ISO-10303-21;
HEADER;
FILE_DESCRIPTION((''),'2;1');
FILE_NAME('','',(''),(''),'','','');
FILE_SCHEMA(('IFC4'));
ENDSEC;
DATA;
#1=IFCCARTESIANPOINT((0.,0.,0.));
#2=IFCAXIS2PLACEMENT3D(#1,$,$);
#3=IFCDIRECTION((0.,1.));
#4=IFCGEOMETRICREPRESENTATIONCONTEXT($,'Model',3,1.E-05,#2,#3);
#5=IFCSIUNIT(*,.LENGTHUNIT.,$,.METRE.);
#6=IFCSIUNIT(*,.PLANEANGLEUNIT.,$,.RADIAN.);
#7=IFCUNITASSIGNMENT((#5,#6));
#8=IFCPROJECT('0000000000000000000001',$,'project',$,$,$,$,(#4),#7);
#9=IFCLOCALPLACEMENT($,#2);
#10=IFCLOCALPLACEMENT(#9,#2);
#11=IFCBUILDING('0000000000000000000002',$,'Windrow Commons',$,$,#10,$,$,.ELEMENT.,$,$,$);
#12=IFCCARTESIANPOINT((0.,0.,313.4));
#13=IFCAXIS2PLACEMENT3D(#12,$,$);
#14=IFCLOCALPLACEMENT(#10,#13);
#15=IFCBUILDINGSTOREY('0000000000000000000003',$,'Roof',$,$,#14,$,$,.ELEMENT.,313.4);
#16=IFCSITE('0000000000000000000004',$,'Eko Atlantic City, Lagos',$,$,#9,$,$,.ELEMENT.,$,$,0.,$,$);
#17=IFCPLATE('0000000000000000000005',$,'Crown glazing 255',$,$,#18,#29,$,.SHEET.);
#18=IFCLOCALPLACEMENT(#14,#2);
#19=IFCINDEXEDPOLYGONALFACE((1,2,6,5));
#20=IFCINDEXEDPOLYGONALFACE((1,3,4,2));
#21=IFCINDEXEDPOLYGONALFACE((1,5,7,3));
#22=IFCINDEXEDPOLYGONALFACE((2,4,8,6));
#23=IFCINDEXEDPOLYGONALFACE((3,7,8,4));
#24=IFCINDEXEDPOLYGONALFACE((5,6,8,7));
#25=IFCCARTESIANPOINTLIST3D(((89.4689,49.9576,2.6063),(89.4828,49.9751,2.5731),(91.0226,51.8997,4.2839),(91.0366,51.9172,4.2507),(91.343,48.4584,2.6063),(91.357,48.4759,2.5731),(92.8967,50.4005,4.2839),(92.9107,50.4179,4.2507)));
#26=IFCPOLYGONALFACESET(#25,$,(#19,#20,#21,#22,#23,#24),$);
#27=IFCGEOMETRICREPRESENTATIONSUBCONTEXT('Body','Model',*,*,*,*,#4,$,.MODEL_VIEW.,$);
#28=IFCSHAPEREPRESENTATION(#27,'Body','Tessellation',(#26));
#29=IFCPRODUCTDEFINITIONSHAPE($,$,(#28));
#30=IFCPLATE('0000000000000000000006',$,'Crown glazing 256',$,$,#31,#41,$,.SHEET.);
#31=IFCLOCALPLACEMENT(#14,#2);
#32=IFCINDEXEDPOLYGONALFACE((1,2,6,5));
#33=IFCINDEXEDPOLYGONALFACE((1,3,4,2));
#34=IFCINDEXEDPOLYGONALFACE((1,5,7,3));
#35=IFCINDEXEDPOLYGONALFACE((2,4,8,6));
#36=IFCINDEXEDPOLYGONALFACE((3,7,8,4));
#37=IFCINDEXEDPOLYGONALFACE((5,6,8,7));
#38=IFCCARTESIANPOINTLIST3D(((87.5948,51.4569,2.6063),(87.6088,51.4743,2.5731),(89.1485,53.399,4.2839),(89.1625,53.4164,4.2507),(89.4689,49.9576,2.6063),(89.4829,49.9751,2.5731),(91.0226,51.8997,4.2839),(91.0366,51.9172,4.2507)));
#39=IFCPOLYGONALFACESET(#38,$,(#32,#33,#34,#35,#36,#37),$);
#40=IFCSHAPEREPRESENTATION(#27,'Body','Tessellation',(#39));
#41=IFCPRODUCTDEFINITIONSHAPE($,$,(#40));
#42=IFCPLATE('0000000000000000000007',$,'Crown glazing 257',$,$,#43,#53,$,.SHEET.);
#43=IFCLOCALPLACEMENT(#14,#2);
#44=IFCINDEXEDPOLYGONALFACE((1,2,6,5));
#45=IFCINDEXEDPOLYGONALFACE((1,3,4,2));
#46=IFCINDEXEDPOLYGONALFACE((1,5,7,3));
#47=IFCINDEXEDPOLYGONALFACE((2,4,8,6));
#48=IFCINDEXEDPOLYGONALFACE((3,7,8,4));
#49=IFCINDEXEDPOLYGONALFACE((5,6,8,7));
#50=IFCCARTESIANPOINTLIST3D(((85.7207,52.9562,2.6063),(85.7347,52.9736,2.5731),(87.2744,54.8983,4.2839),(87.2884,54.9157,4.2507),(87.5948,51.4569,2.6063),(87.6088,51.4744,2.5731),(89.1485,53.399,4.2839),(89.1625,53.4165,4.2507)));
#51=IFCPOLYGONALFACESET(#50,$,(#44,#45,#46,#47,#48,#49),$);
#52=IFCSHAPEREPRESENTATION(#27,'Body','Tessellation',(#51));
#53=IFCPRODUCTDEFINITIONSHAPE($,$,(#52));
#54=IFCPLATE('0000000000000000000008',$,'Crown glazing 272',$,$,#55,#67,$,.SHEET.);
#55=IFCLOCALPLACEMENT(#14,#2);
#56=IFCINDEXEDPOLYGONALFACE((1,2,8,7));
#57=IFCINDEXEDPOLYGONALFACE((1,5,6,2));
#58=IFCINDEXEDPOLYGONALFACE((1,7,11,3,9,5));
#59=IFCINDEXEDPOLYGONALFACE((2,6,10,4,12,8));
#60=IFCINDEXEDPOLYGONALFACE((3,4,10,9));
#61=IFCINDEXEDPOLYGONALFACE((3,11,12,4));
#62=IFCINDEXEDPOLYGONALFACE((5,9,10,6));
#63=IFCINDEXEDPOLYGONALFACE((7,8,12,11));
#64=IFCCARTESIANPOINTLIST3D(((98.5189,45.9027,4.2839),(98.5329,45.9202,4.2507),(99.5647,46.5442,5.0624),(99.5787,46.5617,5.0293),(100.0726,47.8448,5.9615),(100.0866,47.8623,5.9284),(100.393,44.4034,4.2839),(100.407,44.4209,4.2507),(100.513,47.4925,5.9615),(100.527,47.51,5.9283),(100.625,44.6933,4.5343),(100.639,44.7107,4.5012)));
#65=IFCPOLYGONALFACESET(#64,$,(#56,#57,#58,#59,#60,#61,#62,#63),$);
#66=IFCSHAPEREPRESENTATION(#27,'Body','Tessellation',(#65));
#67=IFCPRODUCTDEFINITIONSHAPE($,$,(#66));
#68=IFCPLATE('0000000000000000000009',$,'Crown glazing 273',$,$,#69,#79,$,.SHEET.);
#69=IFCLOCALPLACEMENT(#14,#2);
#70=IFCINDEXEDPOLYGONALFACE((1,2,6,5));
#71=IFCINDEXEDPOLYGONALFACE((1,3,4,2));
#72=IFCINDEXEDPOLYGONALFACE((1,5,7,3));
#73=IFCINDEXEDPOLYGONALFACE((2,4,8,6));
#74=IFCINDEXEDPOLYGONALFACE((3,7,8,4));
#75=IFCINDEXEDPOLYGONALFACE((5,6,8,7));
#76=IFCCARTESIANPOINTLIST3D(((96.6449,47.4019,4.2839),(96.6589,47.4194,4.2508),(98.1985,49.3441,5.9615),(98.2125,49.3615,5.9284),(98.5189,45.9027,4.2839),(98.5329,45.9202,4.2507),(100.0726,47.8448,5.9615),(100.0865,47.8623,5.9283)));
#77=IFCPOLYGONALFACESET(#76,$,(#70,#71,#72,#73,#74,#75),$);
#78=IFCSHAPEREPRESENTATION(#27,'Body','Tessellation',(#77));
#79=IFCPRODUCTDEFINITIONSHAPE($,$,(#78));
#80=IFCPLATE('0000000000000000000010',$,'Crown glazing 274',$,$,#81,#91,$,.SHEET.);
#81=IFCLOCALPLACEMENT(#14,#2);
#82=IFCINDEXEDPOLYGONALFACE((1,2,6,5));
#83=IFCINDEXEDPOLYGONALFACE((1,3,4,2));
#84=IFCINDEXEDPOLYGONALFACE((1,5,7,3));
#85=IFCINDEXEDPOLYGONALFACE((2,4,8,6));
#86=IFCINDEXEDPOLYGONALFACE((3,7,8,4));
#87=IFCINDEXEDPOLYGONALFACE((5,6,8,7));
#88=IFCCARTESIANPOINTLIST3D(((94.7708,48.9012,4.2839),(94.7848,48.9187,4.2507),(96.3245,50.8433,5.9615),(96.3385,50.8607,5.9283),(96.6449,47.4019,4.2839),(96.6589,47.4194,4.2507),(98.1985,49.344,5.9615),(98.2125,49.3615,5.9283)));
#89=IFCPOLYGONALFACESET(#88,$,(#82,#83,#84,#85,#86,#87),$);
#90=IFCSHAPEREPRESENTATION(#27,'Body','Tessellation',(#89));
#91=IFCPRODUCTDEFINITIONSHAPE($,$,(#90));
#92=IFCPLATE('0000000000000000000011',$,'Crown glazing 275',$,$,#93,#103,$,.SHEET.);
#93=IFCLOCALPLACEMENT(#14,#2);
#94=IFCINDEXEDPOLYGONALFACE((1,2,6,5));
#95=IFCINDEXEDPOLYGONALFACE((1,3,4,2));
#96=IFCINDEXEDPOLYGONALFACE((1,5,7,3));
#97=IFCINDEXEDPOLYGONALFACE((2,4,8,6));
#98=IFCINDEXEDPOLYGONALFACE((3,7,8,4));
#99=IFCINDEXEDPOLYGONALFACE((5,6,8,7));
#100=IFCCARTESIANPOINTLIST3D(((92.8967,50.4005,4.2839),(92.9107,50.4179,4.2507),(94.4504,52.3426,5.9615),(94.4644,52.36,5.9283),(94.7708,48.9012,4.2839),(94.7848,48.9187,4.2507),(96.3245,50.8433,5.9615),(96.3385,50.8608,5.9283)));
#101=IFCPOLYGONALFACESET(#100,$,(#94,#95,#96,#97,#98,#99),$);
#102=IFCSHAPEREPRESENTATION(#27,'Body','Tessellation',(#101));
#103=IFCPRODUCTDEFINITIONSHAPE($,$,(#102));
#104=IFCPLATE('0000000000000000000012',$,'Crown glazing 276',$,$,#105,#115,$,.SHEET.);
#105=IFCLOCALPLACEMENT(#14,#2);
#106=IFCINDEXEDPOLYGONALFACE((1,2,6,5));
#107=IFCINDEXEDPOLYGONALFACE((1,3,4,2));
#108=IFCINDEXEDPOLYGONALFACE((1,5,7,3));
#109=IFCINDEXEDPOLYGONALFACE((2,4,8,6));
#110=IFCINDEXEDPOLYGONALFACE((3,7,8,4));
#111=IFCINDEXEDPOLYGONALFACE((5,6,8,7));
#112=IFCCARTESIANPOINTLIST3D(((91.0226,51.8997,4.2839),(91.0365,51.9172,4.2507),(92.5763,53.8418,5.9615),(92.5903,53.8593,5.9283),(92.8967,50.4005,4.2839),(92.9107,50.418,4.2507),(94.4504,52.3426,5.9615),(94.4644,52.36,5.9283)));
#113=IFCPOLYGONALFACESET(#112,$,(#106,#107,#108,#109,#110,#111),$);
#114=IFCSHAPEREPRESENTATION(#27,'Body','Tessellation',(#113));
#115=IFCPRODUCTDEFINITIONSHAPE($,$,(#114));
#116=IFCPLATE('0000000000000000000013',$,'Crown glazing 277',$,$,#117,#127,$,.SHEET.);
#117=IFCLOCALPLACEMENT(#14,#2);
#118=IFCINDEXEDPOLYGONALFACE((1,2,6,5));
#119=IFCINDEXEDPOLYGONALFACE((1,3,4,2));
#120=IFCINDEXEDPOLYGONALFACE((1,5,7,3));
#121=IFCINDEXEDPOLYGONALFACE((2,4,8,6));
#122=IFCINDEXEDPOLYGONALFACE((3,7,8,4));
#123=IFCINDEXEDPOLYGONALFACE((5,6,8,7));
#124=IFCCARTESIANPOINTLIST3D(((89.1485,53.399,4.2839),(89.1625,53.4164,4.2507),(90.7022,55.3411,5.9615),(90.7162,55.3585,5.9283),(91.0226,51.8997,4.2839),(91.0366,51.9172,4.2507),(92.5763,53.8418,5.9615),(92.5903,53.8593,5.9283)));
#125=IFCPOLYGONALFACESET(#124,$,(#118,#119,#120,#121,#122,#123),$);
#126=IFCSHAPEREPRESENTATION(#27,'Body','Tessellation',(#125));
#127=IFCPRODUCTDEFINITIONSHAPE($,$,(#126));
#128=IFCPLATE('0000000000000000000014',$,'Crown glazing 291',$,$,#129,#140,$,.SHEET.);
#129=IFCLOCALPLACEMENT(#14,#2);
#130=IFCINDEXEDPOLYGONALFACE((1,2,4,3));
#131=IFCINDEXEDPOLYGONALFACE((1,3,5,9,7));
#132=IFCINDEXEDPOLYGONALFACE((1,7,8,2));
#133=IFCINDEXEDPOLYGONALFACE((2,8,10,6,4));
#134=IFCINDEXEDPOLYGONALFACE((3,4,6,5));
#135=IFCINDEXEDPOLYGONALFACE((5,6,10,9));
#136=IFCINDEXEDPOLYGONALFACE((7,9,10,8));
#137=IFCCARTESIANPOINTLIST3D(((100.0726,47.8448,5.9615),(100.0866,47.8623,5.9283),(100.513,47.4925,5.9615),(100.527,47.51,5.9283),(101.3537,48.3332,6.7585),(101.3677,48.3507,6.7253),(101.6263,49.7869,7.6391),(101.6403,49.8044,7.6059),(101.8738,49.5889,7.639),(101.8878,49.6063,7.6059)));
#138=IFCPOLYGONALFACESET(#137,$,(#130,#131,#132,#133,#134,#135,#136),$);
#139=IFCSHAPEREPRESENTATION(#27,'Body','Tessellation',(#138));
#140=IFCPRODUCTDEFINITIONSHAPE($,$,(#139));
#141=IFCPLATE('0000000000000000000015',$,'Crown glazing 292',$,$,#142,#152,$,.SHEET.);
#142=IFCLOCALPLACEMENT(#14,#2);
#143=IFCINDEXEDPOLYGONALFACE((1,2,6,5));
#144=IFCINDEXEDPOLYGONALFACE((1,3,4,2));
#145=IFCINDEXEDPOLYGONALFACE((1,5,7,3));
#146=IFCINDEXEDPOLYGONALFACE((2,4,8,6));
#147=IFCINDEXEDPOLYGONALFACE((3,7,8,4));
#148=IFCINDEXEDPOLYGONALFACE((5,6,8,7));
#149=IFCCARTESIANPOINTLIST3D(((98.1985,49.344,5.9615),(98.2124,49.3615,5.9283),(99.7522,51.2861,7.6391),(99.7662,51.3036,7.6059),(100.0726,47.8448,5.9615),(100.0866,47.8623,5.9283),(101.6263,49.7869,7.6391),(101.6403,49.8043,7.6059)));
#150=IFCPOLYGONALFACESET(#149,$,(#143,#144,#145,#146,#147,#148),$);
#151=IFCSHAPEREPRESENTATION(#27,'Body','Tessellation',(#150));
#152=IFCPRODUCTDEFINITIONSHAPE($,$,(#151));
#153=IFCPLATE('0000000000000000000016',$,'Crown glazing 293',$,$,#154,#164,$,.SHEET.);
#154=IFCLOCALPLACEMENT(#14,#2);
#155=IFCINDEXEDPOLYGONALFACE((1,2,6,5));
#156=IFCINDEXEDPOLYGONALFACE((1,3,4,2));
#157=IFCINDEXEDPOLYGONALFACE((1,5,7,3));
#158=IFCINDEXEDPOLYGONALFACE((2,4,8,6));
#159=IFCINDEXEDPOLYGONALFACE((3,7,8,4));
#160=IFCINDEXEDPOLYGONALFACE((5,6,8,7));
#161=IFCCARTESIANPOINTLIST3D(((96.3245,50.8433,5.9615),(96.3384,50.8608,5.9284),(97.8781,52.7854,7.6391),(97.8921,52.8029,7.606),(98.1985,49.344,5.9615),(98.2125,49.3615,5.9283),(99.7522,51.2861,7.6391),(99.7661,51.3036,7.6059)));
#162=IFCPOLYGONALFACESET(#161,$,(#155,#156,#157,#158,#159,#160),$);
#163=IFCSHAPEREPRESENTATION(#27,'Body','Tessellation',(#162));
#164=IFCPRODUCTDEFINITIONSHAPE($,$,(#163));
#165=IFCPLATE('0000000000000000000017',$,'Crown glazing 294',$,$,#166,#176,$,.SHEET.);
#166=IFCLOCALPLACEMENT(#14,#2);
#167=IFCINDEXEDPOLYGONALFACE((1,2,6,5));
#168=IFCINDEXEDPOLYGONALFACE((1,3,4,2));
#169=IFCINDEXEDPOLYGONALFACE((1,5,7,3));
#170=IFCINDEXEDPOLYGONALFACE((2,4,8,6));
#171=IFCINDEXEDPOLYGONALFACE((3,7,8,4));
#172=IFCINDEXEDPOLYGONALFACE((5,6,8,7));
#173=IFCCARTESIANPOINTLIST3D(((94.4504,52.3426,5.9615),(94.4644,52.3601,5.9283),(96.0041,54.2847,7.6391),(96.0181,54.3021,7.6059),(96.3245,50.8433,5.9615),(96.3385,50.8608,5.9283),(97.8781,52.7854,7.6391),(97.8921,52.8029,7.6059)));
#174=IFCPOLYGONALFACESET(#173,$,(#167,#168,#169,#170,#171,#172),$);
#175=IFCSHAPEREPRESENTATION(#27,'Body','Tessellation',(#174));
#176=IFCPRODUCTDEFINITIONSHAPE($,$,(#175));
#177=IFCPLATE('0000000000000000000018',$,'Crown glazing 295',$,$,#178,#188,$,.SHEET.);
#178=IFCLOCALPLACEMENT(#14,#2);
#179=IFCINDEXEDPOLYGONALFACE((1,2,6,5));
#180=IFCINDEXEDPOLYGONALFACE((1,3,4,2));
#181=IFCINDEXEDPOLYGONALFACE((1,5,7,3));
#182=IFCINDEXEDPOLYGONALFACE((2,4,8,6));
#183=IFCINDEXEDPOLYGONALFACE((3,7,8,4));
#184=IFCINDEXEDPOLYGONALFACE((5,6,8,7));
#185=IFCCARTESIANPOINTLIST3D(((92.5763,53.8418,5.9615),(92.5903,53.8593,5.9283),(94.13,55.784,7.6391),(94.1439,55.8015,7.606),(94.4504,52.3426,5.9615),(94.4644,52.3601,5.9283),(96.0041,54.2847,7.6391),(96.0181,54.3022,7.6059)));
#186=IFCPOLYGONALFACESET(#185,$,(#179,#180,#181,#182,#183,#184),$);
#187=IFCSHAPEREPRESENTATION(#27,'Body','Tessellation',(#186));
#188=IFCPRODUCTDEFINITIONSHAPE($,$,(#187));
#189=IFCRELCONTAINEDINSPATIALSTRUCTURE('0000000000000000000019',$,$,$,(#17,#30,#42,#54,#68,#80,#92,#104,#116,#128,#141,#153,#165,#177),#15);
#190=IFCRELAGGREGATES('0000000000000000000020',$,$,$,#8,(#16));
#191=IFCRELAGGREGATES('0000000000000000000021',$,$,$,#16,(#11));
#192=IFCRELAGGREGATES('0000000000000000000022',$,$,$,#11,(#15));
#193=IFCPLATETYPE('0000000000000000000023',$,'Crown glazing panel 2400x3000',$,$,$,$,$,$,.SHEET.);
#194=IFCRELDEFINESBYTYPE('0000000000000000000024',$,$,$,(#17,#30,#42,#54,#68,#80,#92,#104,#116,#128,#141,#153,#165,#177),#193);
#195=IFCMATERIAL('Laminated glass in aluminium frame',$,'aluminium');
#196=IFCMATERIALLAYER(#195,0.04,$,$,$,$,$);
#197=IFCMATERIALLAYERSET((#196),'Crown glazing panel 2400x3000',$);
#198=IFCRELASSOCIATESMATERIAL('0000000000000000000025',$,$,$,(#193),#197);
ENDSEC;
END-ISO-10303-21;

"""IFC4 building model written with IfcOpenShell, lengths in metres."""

from ifc_helpers import new_model, si_unit, direction, frame, origin, place, context, subcontext, project, spatial, polyline, outline, extrude, material, layer, layer_set, type_object, element, save


model = new_model("IFC4")

# Units and contexts
model_context = context("Model", 3, precision=1e-05, world=origin(), true_north=direction((0.0, 1.0)))
body_context = subcontext(model_context, "Body", "Model", "MODEL_VIEW")
ifc_project = project(units=[si_unit("LENGTHUNIT", "METRE"), si_unit("PLANEANGLEUNIT", "RADIAN")], contexts=[model_context])

# Site, building, storey
site_placement = place(None, origin())
site = spatial("IfcSite", under=ifc_project, at=site_placement, Name="Eko Atlantic City, Lagos", CompositionType="ELEMENT", RefElevation=0.0)
building_placement = place(site_placement, origin())
building = spatial("IfcBuilding", under=site, at=building_placement, Name="Windrow Commons", CompositionType="ELEMENT")
storey_placement = place(building_placement, frame((0.0, 0.0, 313.4)))
storey = spatial("IfcBuildingStorey", under=building, at=storey_placement, Name="Roof", CompositionType="ELEMENT", Elevation=313.4)

# Plates
ifc_material_1 = material(Name="Laminated glass in aluminium frame", Category="aluminium")
ifc_layer = layer(ifc_material_1, 0.04)
ifc_layer_set = layer_set([ifc_layer], Name="Crown glazing panel 2400x3000")
plate_type = type_object("IfcPlateType", Name="Crown glazing panel 2400x3000", PredefinedType="SHEET", material=ifc_layer_set)
plate_1_placement = place(storey_placement, frame((91.343, 48.4584, 2.6063), z_axis=(-0.349317, -0.436669, 0.829034), x_axis=(-0.780885, 0.624675, 0.0)))
element("IfcPlate", 1, at=plate_1_placement, inside=storey, type_object=plate_type, Name="Crown glazing 255", PredefinedType="SHEET", context=body_context, shape_type="SweptSolid", body=[
    extrude(outline(polyline([(0.0, 0.0), (2.4, 0.0), (2.3999, -3.0), (-0.0001, -3.0), (0.0, 0.0)])), origin(), (0.0, 0.0, -1.0), 0.04),
])
for number, where, z_axis, x_axis, name in (
    (2, (89.4689, 49.9576, 2.6063), (-0.349331, -0.436658, 0.829034), (-0.780865, 0.6247, 0.0), "Crown glazing 256"),
    (3, (87.5948, 51.4569, 2.6063), (-0.349331, -0.436658, 0.829034), (-0.780865, 0.6247, 0.0), "Crown glazing 257"),
):
    element("IfcPlate", number, at=place(storey_placement, frame(where, z_axis=z_axis, x_axis=x_axis)), inside=storey, type_object=plate_type, Name=name, PredefinedType="SHEET", context=body_context, shape_type="SweptSolid", body=[
        extrude(outline(polyline([(0.0, 0.0), (2.4, 0.0), (2.4, -3.0), (0.0, -3.0), (0.0, 0.0)])), origin(), (0.0, 0.0, -1.0), 0.04),
    ])
plate_2_placement = place(storey_placement, frame((100.513, 47.4925, 5.9615), z_axis=(-0.349322, -0.436664, 0.829035), x_axis=(-0.587336, -0.587338, -0.55684)))
element("IfcPlate", 4, at=plate_2_placement, inside=storey, type_object=plate_type, Name="Crown glazing 272", PredefinedType="SHEET", context=body_context, shape_type="SweptSolid", body=[
    extrude(outline(polyline([(0.0, 0.0), (1.6146, 0.0), (2.373, 2.0625), (2.819, 2.1035), (3.0391, -0.2864), (0.0517, -0.5616), (0.0, 0.0)])), origin(), (0.0, 0.0, -1.0), 0.04),
])
plate_3_placement = place(storey_placement, frame((98.5189, 45.9027, 4.2839), z_axis=(-0.349325, -0.436668, 0.829031), x_axis=(-0.780871, 0.624692, 0.000006)))
element("IfcPlate", 5, at=plate_3_placement, inside=storey, type_object=plate_type, Name="Crown glazing 273", PredefinedType="SHEET", context=body_context, shape_type="SweptSolid", body=[
    extrude(outline(polyline([(0.0, 0.0), (2.3999, 0.0), (2.4, -3.0), (0.0, -3.0), (0.0, 0.0)])), origin(), (0.0, 0.0, -1.0), 0.04),
])
plate_4_placement = place(storey_placement, frame((96.6449, 47.4019, 4.2839), z_axis=(-0.349339, -0.436657, 0.829031), x_axis=(-0.780862, 0.624703, -0.000006)))
element("IfcPlate", 6, at=plate_4_placement, inside=storey, type_object=plate_type, Name="Crown glazing 274", PredefinedType="SHEET", context=body_context, shape_type="SweptSolid", body=[
    extrude(outline(polyline([(0.0, 0.0), (2.4, 0.0), (2.4, -3.0), (0.0001, -3.0), (0.0, 0.0)])), origin(), (0.0, 0.0, -1.0), 0.04),
])
plate_5_placement = place(storey_placement, frame((94.7708, 48.9012, 4.2839), z_axis=(-0.349331, -0.436658, 0.829034), x_axis=(-0.780865, 0.6247, 0.0)))
element("IfcPlate", 7, at=plate_5_placement, inside=storey, type_object=plate_type, Name="Crown glazing 275", PredefinedType="SHEET", context=body_context, shape_type="SweptSolid", body=[
    extrude(outline(polyline([(0.0, 0.0), (2.4, 0.0), (2.4, -3.0), (0.0, -3.0), (0.0, 0.0)])), origin(), (0.0, 0.0, -1.0), 0.04),
])
plate_6_placement = place(storey_placement, frame((92.8967, 50.4005, 4.2839), z_axis=(-0.349317, -0.436669, 0.829034), x_axis=(-0.780885, 0.624675, 0.0)))
element("IfcPlate", 8, at=plate_6_placement, inside=storey, type_object=plate_type, Name="Crown glazing 276", PredefinedType="SHEET", context=body_context, shape_type="SweptSolid", body=[
    extrude(outline(polyline([(0.0, 0.0), (2.4, 0.0), (2.3999, -3.0), (-0.0001, -3.0), (0.0, 0.0)])), origin(), (0.0, 0.0, -1.0), 0.04),
])
plate_7_placement = place(storey_placement, frame((91.0226, 51.8997, 4.2839), z_axis=(-0.349331, -0.436658, 0.829034), x_axis=(-0.780865, 0.6247, 0.0)))
element("IfcPlate", 9, at=plate_7_placement, inside=storey, type_object=plate_type, Name="Crown glazing 277", PredefinedType="SHEET", context=body_context, shape_type="SweptSolid", body=[
    extrude(outline(polyline([(0.0, 0.0), (2.4, 0.0), (2.4, -3.0), (0.0, -3.0), (0.0, 0.0)])), origin(), (0.0, 0.0, -1.0), 0.04),
])
plate_8_placement = place(storey_placement, frame((101.3537, 48.3332, 6.7585), z_axis=(-0.349291, -0.436688, 0.829035), x_axis=(-0.58734, -0.587338, -0.556835)))
element("IfcPlate", 10, at=plate_8_placement, inside=storey, type_object=plate_type, Name="Crown glazing 291", PredefinedType="SHEET", context=body_context, shape_type="SweptSolid", body=[
    extrude(outline(polyline([(0.0, 0.0), (1.4313, 0.0), (1.4831, -0.5616), (-1.5043, -0.8368), (-1.5333, -0.5211), (0.0, 0.0)])), origin(), (0.0, 0.0, -1.0), 0.04),
])
plate_9_placement = place(storey_placement, frame((100.0726, 47.8448, 5.9615), z_axis=(-0.349317, -0.436669, 0.829034), x_axis=(-0.780885, 0.624675, 0.0)))
element("IfcPlate", 11, at=plate_9_placement, inside=storey, type_object=plate_type, Name="Crown glazing 292", PredefinedType="SHEET", context=body_context, shape_type="SweptSolid", body=[
    extrude(outline(polyline([(0.0, 0.0), (2.4, 0.0), (2.3999, -3.0), (-0.0001, -3.0), (0.0, 0.0)])), origin(), (0.0, 0.0, -1.0), 0.04),
])
plate_10_placement = place(storey_placement, frame((98.1985, 49.344, 5.9615), z_axis=(-0.349339, -0.436657, 0.829031), x_axis=(-0.780851, 0.624717, 0.000006)))
element("IfcPlate", 12, at=plate_10_placement, inside=storey, type_object=plate_type, Name="Crown glazing 293", PredefinedType="SHEET", context=body_context, shape_type="SweptSolid", body=[
    extrude(outline(polyline([(0.0, 0.0), (2.4, 0.0), (2.4001, -3.0), (0.0001, -3.0), (0.0, 0.0)])), origin(), (0.0, 0.0, -1.0), 0.04),
])
plate_11_placement = place(storey_placement, frame((96.3245, 50.8433, 5.9615), z_axis=(-0.349339, -0.436657, 0.829031), x_axis=(-0.780862, 0.624703, -0.000006)))
element("IfcPlate", 13, at=plate_11_placement, inside=storey, type_object=plate_type, Name="Crown glazing 294", PredefinedType="SHEET", context=body_context, shape_type="SweptSolid", body=[
    extrude(outline(polyline([(0.0, 0.0), (2.4, 0.0), (2.4, -3.0), (0.0001, -3.0), (0.0, 0.0)])), origin(), (0.0, 0.0, -1.0), 0.04),
])
plate_12_placement = place(storey_placement, frame((94.4504, 52.3426, 5.9615), z_axis=(-0.34932, -0.436659, 0.829038), x_axis=(-0.780882, 0.624679, -0.000008)))
element("IfcPlate", 14, at=plate_12_placement, inside=storey, type_object=plate_type, Name="Crown glazing 295", PredefinedType="SHEET", context=body_context, shape_type="SweptSolid", body=[
    extrude(outline(polyline([(0.0, 0.0), (2.4, 0.0), (2.4, -3.0001), (-0.0001, -3.0), (0.0, 0.0)])), origin(), (0.0, 0.0, -1.0), 0.04),
])

save(model, "model.ifc")
